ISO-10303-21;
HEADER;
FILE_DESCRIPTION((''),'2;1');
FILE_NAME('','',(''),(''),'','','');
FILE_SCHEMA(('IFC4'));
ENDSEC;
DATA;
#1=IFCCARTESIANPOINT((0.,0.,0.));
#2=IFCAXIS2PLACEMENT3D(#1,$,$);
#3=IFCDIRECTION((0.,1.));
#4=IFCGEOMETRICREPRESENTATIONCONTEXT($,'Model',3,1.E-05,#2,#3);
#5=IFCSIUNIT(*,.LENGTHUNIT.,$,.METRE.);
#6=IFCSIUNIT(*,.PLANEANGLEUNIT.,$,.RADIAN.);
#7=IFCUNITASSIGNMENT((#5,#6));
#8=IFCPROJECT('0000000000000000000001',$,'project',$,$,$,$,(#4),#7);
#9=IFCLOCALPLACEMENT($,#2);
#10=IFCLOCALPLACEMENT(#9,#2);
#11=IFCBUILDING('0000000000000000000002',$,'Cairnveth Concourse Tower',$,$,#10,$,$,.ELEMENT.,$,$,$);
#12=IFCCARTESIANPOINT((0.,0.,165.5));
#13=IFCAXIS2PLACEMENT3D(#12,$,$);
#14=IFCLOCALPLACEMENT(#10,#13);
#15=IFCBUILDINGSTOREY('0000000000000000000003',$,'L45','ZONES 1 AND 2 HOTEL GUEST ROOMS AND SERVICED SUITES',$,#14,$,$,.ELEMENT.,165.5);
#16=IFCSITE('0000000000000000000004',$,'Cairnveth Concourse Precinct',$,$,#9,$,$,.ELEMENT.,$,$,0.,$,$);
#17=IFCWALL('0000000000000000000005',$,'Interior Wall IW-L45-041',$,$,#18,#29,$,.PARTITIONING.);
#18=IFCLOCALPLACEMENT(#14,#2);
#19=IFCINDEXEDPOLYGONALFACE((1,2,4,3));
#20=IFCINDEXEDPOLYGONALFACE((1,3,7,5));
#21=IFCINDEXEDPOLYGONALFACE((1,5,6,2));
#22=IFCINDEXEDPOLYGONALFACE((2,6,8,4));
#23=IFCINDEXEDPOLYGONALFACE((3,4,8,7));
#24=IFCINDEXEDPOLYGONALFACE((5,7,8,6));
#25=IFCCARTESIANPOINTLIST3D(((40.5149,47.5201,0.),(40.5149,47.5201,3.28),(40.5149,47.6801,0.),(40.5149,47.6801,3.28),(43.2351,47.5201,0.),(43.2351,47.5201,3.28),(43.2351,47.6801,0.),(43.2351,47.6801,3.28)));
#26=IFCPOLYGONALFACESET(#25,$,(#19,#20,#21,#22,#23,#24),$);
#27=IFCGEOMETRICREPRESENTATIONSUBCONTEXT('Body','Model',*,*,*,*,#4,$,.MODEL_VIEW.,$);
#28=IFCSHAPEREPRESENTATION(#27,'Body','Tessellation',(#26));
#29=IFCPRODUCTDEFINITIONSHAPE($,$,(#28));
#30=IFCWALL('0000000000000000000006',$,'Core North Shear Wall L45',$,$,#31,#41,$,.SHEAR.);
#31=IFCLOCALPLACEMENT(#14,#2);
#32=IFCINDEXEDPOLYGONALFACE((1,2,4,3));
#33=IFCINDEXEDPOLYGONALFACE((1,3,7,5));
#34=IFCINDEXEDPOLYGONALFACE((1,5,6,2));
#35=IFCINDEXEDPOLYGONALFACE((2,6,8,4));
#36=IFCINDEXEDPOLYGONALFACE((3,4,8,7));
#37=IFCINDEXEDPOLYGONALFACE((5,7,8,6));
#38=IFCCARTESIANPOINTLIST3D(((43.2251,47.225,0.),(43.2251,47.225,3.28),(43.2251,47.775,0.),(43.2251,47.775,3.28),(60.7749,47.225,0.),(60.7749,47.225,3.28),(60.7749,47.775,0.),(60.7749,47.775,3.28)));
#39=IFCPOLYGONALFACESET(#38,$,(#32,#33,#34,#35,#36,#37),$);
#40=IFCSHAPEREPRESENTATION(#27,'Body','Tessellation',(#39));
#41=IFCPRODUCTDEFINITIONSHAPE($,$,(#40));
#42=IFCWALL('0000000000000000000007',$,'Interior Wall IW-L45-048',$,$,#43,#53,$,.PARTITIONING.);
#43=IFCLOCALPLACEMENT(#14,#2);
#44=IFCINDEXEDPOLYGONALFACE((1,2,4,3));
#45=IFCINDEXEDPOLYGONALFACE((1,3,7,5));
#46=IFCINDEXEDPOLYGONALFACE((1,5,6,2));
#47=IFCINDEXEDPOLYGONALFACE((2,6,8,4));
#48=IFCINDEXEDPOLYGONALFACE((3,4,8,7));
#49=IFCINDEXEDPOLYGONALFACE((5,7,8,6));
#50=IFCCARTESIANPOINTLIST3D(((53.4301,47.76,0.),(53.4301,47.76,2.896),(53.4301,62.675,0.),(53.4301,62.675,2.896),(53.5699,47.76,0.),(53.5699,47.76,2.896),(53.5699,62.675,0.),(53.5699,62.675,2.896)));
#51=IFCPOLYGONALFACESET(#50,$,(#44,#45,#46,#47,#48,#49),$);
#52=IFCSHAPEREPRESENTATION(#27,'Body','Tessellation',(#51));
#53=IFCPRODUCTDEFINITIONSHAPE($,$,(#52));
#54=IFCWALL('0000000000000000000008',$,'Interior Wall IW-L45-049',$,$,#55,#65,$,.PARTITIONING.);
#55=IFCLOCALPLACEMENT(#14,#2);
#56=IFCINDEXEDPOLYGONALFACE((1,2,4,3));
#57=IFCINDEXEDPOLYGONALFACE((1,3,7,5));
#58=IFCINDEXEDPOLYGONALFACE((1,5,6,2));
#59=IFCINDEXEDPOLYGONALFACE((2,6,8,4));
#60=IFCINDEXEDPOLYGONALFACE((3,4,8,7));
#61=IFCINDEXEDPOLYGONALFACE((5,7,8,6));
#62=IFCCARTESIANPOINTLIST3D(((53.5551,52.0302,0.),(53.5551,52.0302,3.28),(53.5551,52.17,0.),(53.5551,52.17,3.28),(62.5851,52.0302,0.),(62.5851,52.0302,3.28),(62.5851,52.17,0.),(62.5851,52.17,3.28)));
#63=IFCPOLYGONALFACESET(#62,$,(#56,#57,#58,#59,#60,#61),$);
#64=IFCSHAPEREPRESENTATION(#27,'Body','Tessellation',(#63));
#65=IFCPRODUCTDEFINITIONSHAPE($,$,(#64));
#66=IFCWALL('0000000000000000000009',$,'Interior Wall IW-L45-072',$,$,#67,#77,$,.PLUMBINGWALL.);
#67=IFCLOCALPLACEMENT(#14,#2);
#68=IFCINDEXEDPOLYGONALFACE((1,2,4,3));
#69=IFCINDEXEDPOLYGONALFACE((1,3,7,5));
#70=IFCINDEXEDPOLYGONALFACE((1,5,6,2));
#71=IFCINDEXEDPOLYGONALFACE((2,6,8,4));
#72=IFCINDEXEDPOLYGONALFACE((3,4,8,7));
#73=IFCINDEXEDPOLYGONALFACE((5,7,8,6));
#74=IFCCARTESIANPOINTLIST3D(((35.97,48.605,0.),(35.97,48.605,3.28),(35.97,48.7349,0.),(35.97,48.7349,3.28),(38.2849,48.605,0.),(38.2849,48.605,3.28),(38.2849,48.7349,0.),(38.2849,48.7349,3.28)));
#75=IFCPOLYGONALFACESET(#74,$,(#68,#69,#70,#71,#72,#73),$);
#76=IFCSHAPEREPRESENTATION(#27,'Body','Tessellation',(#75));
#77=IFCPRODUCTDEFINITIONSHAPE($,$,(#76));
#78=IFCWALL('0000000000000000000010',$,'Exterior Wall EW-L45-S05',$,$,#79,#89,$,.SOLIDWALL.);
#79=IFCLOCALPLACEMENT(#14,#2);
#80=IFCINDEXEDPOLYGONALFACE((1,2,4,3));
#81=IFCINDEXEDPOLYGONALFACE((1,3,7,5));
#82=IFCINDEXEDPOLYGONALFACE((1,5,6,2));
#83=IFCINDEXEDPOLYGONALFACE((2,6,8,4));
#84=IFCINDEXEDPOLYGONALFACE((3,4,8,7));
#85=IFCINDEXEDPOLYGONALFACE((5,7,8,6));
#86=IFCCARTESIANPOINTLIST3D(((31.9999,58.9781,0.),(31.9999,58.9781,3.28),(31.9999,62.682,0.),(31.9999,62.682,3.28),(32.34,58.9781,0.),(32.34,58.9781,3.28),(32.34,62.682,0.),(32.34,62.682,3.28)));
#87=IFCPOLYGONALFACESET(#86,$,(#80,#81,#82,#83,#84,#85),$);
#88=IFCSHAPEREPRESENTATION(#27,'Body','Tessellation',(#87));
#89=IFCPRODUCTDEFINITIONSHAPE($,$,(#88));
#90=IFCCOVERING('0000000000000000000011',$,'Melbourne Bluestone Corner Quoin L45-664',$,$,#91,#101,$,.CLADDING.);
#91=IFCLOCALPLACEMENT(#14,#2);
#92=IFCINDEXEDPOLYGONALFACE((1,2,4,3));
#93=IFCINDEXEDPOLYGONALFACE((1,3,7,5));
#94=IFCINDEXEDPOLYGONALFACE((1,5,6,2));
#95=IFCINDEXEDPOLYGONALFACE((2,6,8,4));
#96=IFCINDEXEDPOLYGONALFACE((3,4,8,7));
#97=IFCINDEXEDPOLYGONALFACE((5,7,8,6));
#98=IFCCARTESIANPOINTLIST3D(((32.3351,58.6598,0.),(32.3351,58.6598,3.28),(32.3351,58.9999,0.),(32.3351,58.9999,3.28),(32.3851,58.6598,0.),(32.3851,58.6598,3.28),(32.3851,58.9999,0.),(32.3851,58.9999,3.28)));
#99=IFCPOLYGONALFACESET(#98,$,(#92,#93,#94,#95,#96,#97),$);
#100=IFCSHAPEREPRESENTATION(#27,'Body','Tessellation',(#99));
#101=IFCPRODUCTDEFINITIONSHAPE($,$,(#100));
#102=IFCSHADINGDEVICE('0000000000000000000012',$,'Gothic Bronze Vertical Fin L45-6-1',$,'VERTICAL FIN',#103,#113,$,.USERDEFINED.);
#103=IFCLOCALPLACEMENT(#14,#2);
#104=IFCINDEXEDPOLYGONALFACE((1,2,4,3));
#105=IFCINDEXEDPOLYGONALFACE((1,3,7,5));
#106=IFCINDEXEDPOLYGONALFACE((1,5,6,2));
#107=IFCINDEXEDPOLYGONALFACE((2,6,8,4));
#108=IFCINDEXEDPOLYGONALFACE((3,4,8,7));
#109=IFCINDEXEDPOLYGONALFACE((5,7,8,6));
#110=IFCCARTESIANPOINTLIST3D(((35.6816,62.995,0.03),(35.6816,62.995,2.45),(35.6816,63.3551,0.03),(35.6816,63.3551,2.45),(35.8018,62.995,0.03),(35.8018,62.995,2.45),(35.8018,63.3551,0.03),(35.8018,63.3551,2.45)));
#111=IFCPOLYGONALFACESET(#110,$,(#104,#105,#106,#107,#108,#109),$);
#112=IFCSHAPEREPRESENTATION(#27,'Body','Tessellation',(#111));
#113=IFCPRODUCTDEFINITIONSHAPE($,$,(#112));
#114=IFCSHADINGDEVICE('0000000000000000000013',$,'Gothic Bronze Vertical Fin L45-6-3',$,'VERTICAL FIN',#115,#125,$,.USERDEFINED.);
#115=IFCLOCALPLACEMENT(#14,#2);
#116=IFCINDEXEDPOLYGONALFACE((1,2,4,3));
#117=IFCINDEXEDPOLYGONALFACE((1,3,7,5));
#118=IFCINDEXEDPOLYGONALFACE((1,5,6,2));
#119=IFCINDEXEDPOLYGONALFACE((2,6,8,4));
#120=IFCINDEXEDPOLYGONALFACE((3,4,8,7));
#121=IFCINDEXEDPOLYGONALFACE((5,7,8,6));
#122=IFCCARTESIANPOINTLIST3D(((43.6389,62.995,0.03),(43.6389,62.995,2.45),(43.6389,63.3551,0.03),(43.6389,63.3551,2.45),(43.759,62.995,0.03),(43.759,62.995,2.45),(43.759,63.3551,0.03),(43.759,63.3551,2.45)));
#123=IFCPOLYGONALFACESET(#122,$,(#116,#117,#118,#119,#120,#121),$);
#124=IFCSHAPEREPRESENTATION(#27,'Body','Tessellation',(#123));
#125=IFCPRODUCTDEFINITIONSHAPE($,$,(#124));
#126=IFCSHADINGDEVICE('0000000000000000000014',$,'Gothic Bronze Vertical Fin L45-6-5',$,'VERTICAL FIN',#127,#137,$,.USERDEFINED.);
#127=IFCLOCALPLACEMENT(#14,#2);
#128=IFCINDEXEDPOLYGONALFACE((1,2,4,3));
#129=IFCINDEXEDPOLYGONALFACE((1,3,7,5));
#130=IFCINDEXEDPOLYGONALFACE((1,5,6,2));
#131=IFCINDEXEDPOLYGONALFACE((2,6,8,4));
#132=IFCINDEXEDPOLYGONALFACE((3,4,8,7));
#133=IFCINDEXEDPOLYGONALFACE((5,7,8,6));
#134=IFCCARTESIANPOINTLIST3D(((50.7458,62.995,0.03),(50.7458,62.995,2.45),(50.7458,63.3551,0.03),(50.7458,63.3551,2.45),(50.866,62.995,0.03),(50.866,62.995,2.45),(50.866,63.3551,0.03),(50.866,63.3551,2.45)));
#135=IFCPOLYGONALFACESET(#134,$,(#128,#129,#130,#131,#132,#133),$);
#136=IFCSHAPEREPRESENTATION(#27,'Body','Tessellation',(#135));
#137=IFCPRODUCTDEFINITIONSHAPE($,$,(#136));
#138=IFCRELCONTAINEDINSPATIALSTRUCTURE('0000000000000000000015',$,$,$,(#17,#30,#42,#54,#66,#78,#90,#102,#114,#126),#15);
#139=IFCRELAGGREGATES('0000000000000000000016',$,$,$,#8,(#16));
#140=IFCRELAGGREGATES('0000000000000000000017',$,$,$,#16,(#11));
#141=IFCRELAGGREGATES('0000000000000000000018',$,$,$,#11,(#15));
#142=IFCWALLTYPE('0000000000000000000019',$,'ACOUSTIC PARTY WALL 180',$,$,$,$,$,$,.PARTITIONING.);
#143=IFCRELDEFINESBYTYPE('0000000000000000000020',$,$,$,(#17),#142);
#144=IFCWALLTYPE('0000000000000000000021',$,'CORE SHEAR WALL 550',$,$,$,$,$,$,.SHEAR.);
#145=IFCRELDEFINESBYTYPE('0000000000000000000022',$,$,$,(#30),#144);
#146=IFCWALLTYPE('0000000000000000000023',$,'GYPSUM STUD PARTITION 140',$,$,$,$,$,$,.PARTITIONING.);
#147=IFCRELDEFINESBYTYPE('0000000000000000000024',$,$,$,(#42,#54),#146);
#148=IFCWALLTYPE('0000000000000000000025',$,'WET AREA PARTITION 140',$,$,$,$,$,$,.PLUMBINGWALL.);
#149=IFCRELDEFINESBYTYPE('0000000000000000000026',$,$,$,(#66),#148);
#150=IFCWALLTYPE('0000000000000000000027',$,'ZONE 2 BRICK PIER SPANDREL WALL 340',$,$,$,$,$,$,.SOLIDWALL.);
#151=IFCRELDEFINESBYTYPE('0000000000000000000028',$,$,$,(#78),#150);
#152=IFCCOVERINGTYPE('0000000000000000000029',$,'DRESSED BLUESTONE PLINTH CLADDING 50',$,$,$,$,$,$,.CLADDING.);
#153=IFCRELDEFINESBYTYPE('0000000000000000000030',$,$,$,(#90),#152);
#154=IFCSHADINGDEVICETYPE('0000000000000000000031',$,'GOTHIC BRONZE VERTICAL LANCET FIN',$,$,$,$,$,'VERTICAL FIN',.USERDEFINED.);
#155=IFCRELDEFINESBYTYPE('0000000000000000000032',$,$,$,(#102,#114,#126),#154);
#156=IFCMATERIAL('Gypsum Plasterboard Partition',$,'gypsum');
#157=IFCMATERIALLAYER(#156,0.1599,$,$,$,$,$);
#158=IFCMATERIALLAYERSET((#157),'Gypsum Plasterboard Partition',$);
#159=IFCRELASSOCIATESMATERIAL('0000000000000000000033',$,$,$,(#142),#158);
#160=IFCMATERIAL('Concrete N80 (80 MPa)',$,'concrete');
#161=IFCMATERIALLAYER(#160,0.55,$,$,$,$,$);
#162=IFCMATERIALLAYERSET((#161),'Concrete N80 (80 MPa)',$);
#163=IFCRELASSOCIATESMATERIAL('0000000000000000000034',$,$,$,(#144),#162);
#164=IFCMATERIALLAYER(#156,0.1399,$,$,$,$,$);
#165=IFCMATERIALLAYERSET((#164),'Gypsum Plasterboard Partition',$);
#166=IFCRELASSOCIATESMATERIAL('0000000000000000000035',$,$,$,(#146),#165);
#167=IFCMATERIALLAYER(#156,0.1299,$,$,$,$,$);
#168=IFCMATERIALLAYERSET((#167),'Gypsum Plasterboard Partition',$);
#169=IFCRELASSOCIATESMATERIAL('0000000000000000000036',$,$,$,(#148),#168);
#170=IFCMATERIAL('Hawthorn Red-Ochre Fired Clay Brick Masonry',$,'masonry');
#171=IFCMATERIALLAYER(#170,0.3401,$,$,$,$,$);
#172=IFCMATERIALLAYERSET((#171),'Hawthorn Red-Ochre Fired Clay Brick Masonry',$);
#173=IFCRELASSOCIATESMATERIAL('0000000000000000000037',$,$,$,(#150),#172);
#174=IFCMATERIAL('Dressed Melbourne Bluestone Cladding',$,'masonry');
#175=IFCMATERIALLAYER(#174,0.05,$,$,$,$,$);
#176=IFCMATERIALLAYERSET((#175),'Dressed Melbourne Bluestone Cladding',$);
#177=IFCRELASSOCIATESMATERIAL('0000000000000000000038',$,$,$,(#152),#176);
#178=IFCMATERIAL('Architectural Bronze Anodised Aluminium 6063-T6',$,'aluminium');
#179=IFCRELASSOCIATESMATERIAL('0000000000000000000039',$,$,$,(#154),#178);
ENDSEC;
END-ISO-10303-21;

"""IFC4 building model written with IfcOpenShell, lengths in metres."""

from ifc_helpers import new_model, si_unit, direction, frame, frame_2d, origin, origin_2d, place, context, subcontext, project, spatial, rectangle, extrude, material, layer, layer_set, type_object, element, save


model = new_model("IFC4")

# Units and contexts
model_context = context("Model", 3, precision=1e-05, world=origin(), true_north=direction((0.0, 1.0)))
body_context = subcontext(model_context, "Body", "Model", "MODEL_VIEW")
ifc_project = project(units=[si_unit("LENGTHUNIT", "METRE"), si_unit("PLANEANGLEUNIT", "RADIAN")], contexts=[model_context])

# Site, building, storey
site_placement = place(None, origin())
site = spatial("IfcSite", under=ifc_project, at=site_placement, Name="Cairnveth Concourse Precinct", CompositionType="ELEMENT", RefElevation=0.0)
building_placement = place(site_placement, origin())
building = spatial("IfcBuilding", under=site, at=building_placement, Name="Cairnveth Concourse Tower", CompositionType="ELEMENT")
storey_placement = place(building_placement, frame((0.0, 0.0, 165.5)))
storey = spatial("IfcBuildingStorey", under=building, at=storey_placement, Name="L45", Description="ZONES 1 AND 2 HOTEL GUEST ROOMS AND SERVICED SUITES", CompositionType="ELEMENT", Elevation=165.5)

# Shared definitions
ifc_material_1 = material(Name="Gypsum Plasterboard Partition", Category="gypsum")
ifc_layer_1 = layer(ifc_material_1, 0.1599)
ifc_layer_set_1 = layer_set([ifc_layer_1], Name="Gypsum Plasterboard Partition")
wall_type_1 = type_object("IfcWallType", Name="ACOUSTIC PARTY WALL 180", PredefinedType="PARTITIONING", material=ifc_layer_set_1)

# Walls
wall_1_placement = place(storey_placement, frame((40.5149, 47.6001, 0.0), z_axis=(0.0, 0.0, 1.0), x_axis=(1.0, 0.0, 0.0)))
element("IfcWall", 1, at=wall_1_placement, inside=storey, type_object=wall_type_1, Name="Interior Wall IW-L45-041", PredefinedType="PARTITIONING", context=body_context, shape_type="SweptSolid", body=[
    extrude(rectangle(XDim=2.7202, YDim=0.1599, at=frame_2d((1.3601, 0.0))), origin(), (0.0, 0.0, 1.0), 3.28),
])
ifc_material_2 = material(Name="Concrete N80 (80 MPa)", Category="concrete")
ifc_layer_2 = layer(ifc_material_2, 0.55)
ifc_layer_set_2 = layer_set([ifc_layer_2], Name="Concrete N80 (80 MPa)")
wall_type_2 = type_object("IfcWallType", Name="CORE SHEAR WALL 550", PredefinedType="SHEAR", material=ifc_layer_set_2)
wall_2_placement = place(storey_placement, frame((43.2251, 47.5, 0.0), z_axis=(0.0, 0.0, 1.0), x_axis=(1.0, 0.0, 0.0)))
element("IfcWall", 2, at=wall_2_placement, inside=storey, type_object=wall_type_2, Name="Core North Shear Wall L45", PredefinedType="SHEAR", context=body_context, shape_type="SweptSolid", body=[
    extrude(rectangle(XDim=17.5498, YDim=0.55, at=frame_2d((8.7749, 0.0))), origin(), (0.0, 0.0, 1.0), 3.28),
])
ifc_layer_3 = layer(ifc_material_1, 0.1399)
ifc_layer_set_3 = layer_set([ifc_layer_3], Name="Gypsum Plasterboard Partition")
wall_type_3 = type_object("IfcWallType", Name="GYPSUM STUD PARTITION 140", PredefinedType="PARTITIONING", material=ifc_layer_set_3)
wall_3_placement = place(storey_placement, frame((53.5, 47.76, 0.0), z_axis=(0.0, 0.0, 1.0), x_axis=(0.0, 1.0, 0.0)))
element("IfcWall", 3, at=wall_3_placement, inside=storey, type_object=wall_type_3, Name="Interior Wall IW-L45-048", PredefinedType="PARTITIONING", context=body_context, shape_type="SweptSolid", body=[
    extrude(rectangle(XDim=14.915, YDim=0.1399, at=frame_2d((7.4575, 0.0))), origin(), (0.0, 0.0, 1.0), 2.896),
])
wall_4_placement = place(storey_placement, frame((53.5549, 52.1001, 0.0), z_axis=(0.0, 0.0, 1.0), x_axis=(1.0, 0.0, 0.0)))
element("IfcWall", 4, at=wall_4_placement, inside=storey, type_object=wall_type_3, Name="Interior Wall IW-L45-049", PredefinedType="PARTITIONING", context=body_context, shape_type="SweptSolid", body=[
    extrude(rectangle(XDim=9.03, YDim=0.1399, at=frame_2d((4.5151, 0.0))), origin(), (0.0, 0.0, 1.0), 3.28),
])
ifc_layer_4 = layer(ifc_material_1, 0.1299)
ifc_layer_set_4 = layer_set([ifc_layer_4], Name="Gypsum Plasterboard Partition")
wall_type_4 = type_object("IfcWallType", Name="WET AREA PARTITION 140", PredefinedType="PLUMBINGWALL", material=ifc_layer_set_4)
wall_5_placement = place(storey_placement, frame((35.97, 48.6699, 0.0), z_axis=(0.0, 0.0, 1.0), x_axis=(1.0, 0.0, 0.0)))
element("IfcWall", 5, at=wall_5_placement, inside=storey, type_object=wall_type_4, Name="Interior Wall IW-L45-072", PredefinedType="PLUMBINGWALL", context=body_context, shape_type="SweptSolid", body=[
    extrude(rectangle(XDim=2.3149, YDim=0.1299, at=frame_2d((1.1575, 0.0))), origin(), (0.0, 0.0, 1.0), 3.28),
])
ifc_material_3 = material(Name="Hawthorn Red-Ochre Fired Clay Brick Masonry", Category="masonry")
ifc_layer_5 = layer(ifc_material_3, 0.3401)
ifc_layer_set_5 = layer_set([ifc_layer_5], Name="Hawthorn Red-Ochre Fired Clay Brick Masonry")
wall_type_5 = type_object("IfcWallType", Name="ZONE 2 BRICK PIER SPANDREL WALL 340", PredefinedType="SOLIDWALL", material=ifc_layer_set_5)
wall_6_placement = place(storey_placement, frame((32.1699, 58.978, 0.0), z_axis=(0.0, 0.0, 1.0), x_axis=(0.0, 1.0, 0.0)))
element("IfcWall", 6, at=wall_6_placement, inside=storey, type_object=wall_type_5, Name="Exterior Wall EW-L45-S05", PredefinedType="SOLIDWALL", context=body_context, shape_type="SweptSolid", body=[
    extrude(rectangle(XDim=3.7039, YDim=0.3401, at=frame_2d((1.8521, 0.0))), origin(), (0.0, 0.0, 1.0), 3.28),
])

# Covering
ifc_material_4 = material(Name="Dressed Melbourne Bluestone Cladding", Category="masonry")
ifc_layer_6 = layer(ifc_material_4, 0.05)
ifc_layer_set_6 = layer_set([ifc_layer_6], Name="Dressed Melbourne Bluestone Cladding")
covering_type = type_object("IfcCoveringType", Name="DRESSED BLUESTONE PLINTH CLADDING 50", PredefinedType="CLADDING", material=ifc_layer_set_6)
covering_placement = place(storey_placement, frame((32.3601, 58.6599, 0.0), z_axis=(0.0, 0.0, 1.0), x_axis=(0.0, 1.0, 0.0)))
element("IfcCovering", 7, at=covering_placement, inside=storey, type_object=covering_type, Name="Melbourne Bluestone Corner Quoin L45-664", PredefinedType="CLADDING", context=body_context, shape_type="SweptSolid", body=[
    extrude(rectangle(XDim=0.3401, YDim=0.05, at=frame_2d((0.1699, 0.0))), origin(), (0.0, 0.0, 1.0), 3.28),
])

# Shading devices
ifc_material_5 = material(Name="Architectural Bronze Anodised Aluminium 6063-T6", Category="aluminium")
shading_device_type = type_object("IfcShadingDeviceType", Name="GOTHIC BRONZE VERTICAL LANCET FIN", ElementType="VERTICAL FIN", PredefinedType="USERDEFINED", material=ifc_material_5)
for number, where, z_axis, x_axis, name in (
    (8, (35.7417, 63.175, 0.03), (0.0, 0.0, 1.0), (1.0, 0.0, 0.0), "Gothic Bronze Vertical Fin L45-6-1"),
    (9, (43.699, 63.175, 0.03), (0.0, 0.0, 1.0), (1.0, 0.0, 0.0), "Gothic Bronze Vertical Fin L45-6-3"),
    (10, (50.8059, 63.175, 0.03), (0.0, 0.0, 1.0), (1.0, 0.0, 0.0), "Gothic Bronze Vertical Fin L45-6-5"),
):
    element("IfcShadingDevice", number, at=place(storey_placement, frame(where, z_axis=z_axis, x_axis=x_axis)), inside=storey, type_object=shading_device_type, Name=name, ObjectType="VERTICAL FIN", PredefinedType="USERDEFINED", context=body_context, shape_type="SweptSolid", body=[
        extrude(rectangle(XDim=0.1201, YDim=0.3601, at=origin_2d()), origin(), (0.0, 0.0, 1.0), 2.4199),
    ])

save(model, "model.ifc")
